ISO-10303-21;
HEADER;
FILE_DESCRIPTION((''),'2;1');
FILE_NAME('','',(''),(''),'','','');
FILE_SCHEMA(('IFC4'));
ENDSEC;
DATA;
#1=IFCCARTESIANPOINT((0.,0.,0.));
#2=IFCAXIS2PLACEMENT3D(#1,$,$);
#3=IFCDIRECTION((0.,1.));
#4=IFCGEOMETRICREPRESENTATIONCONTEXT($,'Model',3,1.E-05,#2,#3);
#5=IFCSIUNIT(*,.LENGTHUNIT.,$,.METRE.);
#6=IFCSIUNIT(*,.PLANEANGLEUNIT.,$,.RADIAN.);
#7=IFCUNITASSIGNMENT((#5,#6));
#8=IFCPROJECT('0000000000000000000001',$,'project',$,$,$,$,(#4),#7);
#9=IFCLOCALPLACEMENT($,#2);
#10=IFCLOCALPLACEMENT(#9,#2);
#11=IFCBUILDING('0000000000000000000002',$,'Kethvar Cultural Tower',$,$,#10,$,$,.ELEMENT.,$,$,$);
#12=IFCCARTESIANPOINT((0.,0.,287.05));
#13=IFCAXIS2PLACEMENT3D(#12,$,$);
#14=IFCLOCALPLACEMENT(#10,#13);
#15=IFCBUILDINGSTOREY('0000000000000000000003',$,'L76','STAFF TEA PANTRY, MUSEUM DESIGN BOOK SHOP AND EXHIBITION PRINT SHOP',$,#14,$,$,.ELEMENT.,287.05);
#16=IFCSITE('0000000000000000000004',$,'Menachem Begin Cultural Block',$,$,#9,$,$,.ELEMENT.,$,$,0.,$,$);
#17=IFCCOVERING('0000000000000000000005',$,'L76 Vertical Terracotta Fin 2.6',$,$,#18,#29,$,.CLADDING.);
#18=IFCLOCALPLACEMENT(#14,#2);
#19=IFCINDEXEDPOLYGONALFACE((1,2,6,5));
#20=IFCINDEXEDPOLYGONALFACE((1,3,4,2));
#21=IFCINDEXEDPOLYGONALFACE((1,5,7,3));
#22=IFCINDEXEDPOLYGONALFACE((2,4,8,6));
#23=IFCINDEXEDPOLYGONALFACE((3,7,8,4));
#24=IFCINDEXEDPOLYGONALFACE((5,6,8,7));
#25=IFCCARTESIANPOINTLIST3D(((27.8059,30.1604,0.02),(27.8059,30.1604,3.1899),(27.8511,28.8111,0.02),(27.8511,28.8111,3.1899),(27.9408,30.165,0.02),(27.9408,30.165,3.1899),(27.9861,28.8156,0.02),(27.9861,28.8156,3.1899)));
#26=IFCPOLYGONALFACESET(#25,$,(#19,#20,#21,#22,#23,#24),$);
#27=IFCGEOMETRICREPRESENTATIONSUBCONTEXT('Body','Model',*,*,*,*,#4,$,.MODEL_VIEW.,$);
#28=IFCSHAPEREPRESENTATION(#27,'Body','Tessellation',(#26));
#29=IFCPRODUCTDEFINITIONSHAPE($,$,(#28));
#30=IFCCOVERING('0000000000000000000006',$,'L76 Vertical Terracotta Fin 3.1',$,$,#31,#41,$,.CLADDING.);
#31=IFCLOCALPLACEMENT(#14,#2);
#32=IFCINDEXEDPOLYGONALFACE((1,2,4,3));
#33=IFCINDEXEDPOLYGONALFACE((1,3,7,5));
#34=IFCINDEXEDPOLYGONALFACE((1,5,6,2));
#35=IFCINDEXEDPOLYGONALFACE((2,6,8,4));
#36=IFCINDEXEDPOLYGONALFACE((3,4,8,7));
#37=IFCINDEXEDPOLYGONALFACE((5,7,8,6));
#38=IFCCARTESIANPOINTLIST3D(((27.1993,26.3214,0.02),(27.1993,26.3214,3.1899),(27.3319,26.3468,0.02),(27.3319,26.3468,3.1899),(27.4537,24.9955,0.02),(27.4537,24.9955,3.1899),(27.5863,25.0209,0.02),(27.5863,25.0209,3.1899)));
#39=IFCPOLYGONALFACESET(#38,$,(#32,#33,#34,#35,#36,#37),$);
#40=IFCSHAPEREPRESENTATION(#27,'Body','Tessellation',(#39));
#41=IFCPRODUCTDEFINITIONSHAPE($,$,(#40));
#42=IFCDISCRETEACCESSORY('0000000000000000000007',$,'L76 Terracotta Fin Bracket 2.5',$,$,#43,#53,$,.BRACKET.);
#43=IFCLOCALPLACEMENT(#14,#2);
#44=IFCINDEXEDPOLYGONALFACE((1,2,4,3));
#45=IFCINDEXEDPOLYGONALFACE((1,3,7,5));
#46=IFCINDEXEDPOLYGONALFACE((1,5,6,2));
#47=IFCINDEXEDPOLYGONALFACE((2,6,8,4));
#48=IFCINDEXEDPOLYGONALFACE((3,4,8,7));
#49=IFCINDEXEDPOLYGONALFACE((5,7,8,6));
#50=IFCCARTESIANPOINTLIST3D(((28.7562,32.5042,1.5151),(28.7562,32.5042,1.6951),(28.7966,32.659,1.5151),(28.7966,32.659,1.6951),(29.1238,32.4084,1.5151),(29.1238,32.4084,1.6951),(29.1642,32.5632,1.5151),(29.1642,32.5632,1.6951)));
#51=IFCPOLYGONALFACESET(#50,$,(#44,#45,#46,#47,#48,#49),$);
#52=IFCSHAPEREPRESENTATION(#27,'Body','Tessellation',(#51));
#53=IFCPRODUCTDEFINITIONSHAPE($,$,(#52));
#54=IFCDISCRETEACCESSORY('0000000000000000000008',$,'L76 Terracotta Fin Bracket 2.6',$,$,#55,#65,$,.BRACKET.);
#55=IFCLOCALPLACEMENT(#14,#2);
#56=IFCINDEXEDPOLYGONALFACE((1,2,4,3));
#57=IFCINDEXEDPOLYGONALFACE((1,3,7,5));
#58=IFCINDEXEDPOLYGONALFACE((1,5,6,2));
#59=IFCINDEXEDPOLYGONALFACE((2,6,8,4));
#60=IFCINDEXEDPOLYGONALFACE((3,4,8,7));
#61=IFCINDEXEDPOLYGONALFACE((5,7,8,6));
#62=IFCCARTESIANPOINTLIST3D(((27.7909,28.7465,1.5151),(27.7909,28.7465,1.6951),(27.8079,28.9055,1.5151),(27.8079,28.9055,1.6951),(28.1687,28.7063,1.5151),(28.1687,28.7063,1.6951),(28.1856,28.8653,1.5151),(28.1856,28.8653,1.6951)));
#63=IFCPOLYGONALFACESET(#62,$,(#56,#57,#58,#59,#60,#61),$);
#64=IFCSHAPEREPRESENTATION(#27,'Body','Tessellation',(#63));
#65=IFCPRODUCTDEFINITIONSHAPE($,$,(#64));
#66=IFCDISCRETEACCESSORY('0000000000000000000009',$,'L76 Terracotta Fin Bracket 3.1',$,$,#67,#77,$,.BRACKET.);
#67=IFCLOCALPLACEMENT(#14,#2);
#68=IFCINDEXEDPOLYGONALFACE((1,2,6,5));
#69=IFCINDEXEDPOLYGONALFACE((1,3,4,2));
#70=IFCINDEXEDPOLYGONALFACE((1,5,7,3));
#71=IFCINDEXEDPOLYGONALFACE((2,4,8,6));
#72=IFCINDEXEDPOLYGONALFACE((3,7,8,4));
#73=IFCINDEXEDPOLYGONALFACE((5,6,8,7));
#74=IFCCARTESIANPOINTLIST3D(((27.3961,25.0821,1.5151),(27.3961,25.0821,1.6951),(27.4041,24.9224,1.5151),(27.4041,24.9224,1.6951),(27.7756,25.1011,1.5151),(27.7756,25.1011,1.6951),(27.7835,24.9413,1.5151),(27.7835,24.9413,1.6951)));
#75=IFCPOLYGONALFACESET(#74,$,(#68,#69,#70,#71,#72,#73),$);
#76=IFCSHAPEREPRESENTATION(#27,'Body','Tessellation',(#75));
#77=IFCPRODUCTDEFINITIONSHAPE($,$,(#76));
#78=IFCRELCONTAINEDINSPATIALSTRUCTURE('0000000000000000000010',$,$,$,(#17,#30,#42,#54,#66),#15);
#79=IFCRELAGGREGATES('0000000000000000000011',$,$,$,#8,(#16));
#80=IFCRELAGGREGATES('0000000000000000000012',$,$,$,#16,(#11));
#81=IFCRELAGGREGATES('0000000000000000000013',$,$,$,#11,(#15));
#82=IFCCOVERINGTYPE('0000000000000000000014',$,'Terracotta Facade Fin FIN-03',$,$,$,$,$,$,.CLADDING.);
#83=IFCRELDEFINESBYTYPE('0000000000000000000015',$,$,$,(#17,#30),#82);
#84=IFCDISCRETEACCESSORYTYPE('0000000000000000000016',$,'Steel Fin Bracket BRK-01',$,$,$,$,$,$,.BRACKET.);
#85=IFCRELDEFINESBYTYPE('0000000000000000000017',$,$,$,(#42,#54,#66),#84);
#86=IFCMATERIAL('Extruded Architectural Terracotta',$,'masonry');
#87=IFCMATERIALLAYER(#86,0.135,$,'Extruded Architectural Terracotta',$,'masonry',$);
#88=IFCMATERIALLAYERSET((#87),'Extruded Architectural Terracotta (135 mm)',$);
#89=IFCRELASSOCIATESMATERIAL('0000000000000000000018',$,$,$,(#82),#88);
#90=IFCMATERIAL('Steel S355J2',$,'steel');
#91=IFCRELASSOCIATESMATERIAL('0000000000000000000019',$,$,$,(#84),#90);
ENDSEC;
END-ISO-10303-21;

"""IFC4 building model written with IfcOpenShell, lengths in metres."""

from ifc_helpers import new_model, si_unit, direction, frame, origin, origin_2d, place, context, subcontext, project, spatial, rectangle, extrude, source, transform, mapped, material, layer, layer_set, type_object, element, save


model = new_model("IFC4")

# Units and contexts
model_context = context("Model", 3, precision=1e-05, world=origin(), true_north=direction((0.0, 1.0)))
body_context = subcontext(model_context, "Body", "Model", "MODEL_VIEW")
ifc_project = project(units=[si_unit("LENGTHUNIT", "METRE"), si_unit("PLANEANGLEUNIT", "RADIAN")], contexts=[model_context])

# Site, building, storey
site_placement = place(None, origin())
site = spatial("IfcSite", under=ifc_project, at=site_placement, Name="Menachem Begin Cultural Block", CompositionType="ELEMENT", RefElevation=0.0)
building_placement = place(site_placement, origin())
building = spatial("IfcBuilding", under=site, at=building_placement, Name="Kethvar Cultural Tower", CompositionType="ELEMENT")
storey_placement = place(building_placement, frame((0.0, 0.0, 287.05)))
storey = spatial("IfcBuildingStorey", under=building, at=storey_placement, Name="L76", Description="STAFF TEA PANTRY, MUSEUM DESIGN BOOK SHOP AND EXHIBITION PRINT SHOP", CompositionType="ELEMENT", Elevation=287.05)

# Shared definitions
ifc_material_1 = material(Name="Steel S355J2", Category="steel")

# Coverings
ifc_material_2 = material(Name="Extruded Architectural Terracotta", Category="masonry")
ifc_layer_1 = layer(ifc_material_2, 0.135, Name="Extruded Architectural Terracotta", Category="masonry")
ifc_layer_set_1 = layer_set([ifc_layer_1], Name="Extruded Architectural Terracotta (135 mm)")
covering_type = type_object("IfcCoveringType", Name="Terracotta Facade Fin FIN-03", PredefinedType="CLADDING", material=ifc_layer_set_1)
shared_shape_1 = source(origin(), body_context, "Body", "SweptSolid", [
    extrude(rectangle(XDim=1.3501, YDim=0.135, at=origin_2d()), origin(), (0.0, 0.0, 1.0), 3.1699),
])
for number, where, z_axis, x_axis, name in (
    (1, (27.896, 29.488, 0.02), (0.0, 0.0, 1.0), (-0.033504, 0.999439, 0.0), "L76 Vertical Terracotta Fin 2.6"),
    (2, (27.3928, 25.6711, 0.02), (0.0, 0.0, 1.0), (-0.18841, 0.98209, 0.0), "L76 Vertical Terracotta Fin 3.1"),
):
    element("IfcCovering", number, at=place(storey_placement, frame(where, z_axis=z_axis, x_axis=x_axis)), inside=storey, type_object=covering_type, Name=name, PredefinedType="CLADDING", context=body_context, shape_type="MappedRepresentation", body=[
        mapped(shared_shape_1, transform((0.0, 0.0, 0.0), scale=1.0)),
    ])

# Discrete accessories
discrete_accessory_type = type_object("IfcDiscreteAccessoryType", Name="Steel Fin Bracket BRK-01", PredefinedType="BRACKET", material=ifc_material_1)
shared_shape_2 = source(origin(), body_context, "Body", "SweptSolid", [
    extrude(rectangle(XDim=0.3799, YDim=0.1599, at=origin_2d()), origin(), (0.0, 0.0, 1.0), 0.1799),
])
for number, where, z_axis, x_axis, name in (
    (3, (28.9602, 32.5337, 1.5151), (0.0, 0.0, 1.0), (-0.967665, 0.252238, 0.0), "L76 Terracotta Fin Bracket 2.5"),
    (4, (27.9883, 28.8059, 1.5151), (0.0, 0.0, 1.0), (-0.994375, 0.105917, 0.0), "L76 Terracotta Fin Bracket 2.6"),
    (5, (27.5898, 25.0117, 1.5151), (0.0, 0.0, 1.0), (-0.998754, -0.049896, 0.0), "L76 Terracotta Fin Bracket 3.1"),
):
    element("IfcDiscreteAccessory", number, at=place(storey_placement, frame(where, z_axis=z_axis, x_axis=x_axis)), inside=storey, type_object=discrete_accessory_type, Name=name, PredefinedType="BRACKET", context=body_context, shape_type="MappedRepresentation", body=[
        mapped(shared_shape_2, transform((0.0, 0.0, 0.0), scale=1.0)),
    ])

save(model, "model.ifc")
